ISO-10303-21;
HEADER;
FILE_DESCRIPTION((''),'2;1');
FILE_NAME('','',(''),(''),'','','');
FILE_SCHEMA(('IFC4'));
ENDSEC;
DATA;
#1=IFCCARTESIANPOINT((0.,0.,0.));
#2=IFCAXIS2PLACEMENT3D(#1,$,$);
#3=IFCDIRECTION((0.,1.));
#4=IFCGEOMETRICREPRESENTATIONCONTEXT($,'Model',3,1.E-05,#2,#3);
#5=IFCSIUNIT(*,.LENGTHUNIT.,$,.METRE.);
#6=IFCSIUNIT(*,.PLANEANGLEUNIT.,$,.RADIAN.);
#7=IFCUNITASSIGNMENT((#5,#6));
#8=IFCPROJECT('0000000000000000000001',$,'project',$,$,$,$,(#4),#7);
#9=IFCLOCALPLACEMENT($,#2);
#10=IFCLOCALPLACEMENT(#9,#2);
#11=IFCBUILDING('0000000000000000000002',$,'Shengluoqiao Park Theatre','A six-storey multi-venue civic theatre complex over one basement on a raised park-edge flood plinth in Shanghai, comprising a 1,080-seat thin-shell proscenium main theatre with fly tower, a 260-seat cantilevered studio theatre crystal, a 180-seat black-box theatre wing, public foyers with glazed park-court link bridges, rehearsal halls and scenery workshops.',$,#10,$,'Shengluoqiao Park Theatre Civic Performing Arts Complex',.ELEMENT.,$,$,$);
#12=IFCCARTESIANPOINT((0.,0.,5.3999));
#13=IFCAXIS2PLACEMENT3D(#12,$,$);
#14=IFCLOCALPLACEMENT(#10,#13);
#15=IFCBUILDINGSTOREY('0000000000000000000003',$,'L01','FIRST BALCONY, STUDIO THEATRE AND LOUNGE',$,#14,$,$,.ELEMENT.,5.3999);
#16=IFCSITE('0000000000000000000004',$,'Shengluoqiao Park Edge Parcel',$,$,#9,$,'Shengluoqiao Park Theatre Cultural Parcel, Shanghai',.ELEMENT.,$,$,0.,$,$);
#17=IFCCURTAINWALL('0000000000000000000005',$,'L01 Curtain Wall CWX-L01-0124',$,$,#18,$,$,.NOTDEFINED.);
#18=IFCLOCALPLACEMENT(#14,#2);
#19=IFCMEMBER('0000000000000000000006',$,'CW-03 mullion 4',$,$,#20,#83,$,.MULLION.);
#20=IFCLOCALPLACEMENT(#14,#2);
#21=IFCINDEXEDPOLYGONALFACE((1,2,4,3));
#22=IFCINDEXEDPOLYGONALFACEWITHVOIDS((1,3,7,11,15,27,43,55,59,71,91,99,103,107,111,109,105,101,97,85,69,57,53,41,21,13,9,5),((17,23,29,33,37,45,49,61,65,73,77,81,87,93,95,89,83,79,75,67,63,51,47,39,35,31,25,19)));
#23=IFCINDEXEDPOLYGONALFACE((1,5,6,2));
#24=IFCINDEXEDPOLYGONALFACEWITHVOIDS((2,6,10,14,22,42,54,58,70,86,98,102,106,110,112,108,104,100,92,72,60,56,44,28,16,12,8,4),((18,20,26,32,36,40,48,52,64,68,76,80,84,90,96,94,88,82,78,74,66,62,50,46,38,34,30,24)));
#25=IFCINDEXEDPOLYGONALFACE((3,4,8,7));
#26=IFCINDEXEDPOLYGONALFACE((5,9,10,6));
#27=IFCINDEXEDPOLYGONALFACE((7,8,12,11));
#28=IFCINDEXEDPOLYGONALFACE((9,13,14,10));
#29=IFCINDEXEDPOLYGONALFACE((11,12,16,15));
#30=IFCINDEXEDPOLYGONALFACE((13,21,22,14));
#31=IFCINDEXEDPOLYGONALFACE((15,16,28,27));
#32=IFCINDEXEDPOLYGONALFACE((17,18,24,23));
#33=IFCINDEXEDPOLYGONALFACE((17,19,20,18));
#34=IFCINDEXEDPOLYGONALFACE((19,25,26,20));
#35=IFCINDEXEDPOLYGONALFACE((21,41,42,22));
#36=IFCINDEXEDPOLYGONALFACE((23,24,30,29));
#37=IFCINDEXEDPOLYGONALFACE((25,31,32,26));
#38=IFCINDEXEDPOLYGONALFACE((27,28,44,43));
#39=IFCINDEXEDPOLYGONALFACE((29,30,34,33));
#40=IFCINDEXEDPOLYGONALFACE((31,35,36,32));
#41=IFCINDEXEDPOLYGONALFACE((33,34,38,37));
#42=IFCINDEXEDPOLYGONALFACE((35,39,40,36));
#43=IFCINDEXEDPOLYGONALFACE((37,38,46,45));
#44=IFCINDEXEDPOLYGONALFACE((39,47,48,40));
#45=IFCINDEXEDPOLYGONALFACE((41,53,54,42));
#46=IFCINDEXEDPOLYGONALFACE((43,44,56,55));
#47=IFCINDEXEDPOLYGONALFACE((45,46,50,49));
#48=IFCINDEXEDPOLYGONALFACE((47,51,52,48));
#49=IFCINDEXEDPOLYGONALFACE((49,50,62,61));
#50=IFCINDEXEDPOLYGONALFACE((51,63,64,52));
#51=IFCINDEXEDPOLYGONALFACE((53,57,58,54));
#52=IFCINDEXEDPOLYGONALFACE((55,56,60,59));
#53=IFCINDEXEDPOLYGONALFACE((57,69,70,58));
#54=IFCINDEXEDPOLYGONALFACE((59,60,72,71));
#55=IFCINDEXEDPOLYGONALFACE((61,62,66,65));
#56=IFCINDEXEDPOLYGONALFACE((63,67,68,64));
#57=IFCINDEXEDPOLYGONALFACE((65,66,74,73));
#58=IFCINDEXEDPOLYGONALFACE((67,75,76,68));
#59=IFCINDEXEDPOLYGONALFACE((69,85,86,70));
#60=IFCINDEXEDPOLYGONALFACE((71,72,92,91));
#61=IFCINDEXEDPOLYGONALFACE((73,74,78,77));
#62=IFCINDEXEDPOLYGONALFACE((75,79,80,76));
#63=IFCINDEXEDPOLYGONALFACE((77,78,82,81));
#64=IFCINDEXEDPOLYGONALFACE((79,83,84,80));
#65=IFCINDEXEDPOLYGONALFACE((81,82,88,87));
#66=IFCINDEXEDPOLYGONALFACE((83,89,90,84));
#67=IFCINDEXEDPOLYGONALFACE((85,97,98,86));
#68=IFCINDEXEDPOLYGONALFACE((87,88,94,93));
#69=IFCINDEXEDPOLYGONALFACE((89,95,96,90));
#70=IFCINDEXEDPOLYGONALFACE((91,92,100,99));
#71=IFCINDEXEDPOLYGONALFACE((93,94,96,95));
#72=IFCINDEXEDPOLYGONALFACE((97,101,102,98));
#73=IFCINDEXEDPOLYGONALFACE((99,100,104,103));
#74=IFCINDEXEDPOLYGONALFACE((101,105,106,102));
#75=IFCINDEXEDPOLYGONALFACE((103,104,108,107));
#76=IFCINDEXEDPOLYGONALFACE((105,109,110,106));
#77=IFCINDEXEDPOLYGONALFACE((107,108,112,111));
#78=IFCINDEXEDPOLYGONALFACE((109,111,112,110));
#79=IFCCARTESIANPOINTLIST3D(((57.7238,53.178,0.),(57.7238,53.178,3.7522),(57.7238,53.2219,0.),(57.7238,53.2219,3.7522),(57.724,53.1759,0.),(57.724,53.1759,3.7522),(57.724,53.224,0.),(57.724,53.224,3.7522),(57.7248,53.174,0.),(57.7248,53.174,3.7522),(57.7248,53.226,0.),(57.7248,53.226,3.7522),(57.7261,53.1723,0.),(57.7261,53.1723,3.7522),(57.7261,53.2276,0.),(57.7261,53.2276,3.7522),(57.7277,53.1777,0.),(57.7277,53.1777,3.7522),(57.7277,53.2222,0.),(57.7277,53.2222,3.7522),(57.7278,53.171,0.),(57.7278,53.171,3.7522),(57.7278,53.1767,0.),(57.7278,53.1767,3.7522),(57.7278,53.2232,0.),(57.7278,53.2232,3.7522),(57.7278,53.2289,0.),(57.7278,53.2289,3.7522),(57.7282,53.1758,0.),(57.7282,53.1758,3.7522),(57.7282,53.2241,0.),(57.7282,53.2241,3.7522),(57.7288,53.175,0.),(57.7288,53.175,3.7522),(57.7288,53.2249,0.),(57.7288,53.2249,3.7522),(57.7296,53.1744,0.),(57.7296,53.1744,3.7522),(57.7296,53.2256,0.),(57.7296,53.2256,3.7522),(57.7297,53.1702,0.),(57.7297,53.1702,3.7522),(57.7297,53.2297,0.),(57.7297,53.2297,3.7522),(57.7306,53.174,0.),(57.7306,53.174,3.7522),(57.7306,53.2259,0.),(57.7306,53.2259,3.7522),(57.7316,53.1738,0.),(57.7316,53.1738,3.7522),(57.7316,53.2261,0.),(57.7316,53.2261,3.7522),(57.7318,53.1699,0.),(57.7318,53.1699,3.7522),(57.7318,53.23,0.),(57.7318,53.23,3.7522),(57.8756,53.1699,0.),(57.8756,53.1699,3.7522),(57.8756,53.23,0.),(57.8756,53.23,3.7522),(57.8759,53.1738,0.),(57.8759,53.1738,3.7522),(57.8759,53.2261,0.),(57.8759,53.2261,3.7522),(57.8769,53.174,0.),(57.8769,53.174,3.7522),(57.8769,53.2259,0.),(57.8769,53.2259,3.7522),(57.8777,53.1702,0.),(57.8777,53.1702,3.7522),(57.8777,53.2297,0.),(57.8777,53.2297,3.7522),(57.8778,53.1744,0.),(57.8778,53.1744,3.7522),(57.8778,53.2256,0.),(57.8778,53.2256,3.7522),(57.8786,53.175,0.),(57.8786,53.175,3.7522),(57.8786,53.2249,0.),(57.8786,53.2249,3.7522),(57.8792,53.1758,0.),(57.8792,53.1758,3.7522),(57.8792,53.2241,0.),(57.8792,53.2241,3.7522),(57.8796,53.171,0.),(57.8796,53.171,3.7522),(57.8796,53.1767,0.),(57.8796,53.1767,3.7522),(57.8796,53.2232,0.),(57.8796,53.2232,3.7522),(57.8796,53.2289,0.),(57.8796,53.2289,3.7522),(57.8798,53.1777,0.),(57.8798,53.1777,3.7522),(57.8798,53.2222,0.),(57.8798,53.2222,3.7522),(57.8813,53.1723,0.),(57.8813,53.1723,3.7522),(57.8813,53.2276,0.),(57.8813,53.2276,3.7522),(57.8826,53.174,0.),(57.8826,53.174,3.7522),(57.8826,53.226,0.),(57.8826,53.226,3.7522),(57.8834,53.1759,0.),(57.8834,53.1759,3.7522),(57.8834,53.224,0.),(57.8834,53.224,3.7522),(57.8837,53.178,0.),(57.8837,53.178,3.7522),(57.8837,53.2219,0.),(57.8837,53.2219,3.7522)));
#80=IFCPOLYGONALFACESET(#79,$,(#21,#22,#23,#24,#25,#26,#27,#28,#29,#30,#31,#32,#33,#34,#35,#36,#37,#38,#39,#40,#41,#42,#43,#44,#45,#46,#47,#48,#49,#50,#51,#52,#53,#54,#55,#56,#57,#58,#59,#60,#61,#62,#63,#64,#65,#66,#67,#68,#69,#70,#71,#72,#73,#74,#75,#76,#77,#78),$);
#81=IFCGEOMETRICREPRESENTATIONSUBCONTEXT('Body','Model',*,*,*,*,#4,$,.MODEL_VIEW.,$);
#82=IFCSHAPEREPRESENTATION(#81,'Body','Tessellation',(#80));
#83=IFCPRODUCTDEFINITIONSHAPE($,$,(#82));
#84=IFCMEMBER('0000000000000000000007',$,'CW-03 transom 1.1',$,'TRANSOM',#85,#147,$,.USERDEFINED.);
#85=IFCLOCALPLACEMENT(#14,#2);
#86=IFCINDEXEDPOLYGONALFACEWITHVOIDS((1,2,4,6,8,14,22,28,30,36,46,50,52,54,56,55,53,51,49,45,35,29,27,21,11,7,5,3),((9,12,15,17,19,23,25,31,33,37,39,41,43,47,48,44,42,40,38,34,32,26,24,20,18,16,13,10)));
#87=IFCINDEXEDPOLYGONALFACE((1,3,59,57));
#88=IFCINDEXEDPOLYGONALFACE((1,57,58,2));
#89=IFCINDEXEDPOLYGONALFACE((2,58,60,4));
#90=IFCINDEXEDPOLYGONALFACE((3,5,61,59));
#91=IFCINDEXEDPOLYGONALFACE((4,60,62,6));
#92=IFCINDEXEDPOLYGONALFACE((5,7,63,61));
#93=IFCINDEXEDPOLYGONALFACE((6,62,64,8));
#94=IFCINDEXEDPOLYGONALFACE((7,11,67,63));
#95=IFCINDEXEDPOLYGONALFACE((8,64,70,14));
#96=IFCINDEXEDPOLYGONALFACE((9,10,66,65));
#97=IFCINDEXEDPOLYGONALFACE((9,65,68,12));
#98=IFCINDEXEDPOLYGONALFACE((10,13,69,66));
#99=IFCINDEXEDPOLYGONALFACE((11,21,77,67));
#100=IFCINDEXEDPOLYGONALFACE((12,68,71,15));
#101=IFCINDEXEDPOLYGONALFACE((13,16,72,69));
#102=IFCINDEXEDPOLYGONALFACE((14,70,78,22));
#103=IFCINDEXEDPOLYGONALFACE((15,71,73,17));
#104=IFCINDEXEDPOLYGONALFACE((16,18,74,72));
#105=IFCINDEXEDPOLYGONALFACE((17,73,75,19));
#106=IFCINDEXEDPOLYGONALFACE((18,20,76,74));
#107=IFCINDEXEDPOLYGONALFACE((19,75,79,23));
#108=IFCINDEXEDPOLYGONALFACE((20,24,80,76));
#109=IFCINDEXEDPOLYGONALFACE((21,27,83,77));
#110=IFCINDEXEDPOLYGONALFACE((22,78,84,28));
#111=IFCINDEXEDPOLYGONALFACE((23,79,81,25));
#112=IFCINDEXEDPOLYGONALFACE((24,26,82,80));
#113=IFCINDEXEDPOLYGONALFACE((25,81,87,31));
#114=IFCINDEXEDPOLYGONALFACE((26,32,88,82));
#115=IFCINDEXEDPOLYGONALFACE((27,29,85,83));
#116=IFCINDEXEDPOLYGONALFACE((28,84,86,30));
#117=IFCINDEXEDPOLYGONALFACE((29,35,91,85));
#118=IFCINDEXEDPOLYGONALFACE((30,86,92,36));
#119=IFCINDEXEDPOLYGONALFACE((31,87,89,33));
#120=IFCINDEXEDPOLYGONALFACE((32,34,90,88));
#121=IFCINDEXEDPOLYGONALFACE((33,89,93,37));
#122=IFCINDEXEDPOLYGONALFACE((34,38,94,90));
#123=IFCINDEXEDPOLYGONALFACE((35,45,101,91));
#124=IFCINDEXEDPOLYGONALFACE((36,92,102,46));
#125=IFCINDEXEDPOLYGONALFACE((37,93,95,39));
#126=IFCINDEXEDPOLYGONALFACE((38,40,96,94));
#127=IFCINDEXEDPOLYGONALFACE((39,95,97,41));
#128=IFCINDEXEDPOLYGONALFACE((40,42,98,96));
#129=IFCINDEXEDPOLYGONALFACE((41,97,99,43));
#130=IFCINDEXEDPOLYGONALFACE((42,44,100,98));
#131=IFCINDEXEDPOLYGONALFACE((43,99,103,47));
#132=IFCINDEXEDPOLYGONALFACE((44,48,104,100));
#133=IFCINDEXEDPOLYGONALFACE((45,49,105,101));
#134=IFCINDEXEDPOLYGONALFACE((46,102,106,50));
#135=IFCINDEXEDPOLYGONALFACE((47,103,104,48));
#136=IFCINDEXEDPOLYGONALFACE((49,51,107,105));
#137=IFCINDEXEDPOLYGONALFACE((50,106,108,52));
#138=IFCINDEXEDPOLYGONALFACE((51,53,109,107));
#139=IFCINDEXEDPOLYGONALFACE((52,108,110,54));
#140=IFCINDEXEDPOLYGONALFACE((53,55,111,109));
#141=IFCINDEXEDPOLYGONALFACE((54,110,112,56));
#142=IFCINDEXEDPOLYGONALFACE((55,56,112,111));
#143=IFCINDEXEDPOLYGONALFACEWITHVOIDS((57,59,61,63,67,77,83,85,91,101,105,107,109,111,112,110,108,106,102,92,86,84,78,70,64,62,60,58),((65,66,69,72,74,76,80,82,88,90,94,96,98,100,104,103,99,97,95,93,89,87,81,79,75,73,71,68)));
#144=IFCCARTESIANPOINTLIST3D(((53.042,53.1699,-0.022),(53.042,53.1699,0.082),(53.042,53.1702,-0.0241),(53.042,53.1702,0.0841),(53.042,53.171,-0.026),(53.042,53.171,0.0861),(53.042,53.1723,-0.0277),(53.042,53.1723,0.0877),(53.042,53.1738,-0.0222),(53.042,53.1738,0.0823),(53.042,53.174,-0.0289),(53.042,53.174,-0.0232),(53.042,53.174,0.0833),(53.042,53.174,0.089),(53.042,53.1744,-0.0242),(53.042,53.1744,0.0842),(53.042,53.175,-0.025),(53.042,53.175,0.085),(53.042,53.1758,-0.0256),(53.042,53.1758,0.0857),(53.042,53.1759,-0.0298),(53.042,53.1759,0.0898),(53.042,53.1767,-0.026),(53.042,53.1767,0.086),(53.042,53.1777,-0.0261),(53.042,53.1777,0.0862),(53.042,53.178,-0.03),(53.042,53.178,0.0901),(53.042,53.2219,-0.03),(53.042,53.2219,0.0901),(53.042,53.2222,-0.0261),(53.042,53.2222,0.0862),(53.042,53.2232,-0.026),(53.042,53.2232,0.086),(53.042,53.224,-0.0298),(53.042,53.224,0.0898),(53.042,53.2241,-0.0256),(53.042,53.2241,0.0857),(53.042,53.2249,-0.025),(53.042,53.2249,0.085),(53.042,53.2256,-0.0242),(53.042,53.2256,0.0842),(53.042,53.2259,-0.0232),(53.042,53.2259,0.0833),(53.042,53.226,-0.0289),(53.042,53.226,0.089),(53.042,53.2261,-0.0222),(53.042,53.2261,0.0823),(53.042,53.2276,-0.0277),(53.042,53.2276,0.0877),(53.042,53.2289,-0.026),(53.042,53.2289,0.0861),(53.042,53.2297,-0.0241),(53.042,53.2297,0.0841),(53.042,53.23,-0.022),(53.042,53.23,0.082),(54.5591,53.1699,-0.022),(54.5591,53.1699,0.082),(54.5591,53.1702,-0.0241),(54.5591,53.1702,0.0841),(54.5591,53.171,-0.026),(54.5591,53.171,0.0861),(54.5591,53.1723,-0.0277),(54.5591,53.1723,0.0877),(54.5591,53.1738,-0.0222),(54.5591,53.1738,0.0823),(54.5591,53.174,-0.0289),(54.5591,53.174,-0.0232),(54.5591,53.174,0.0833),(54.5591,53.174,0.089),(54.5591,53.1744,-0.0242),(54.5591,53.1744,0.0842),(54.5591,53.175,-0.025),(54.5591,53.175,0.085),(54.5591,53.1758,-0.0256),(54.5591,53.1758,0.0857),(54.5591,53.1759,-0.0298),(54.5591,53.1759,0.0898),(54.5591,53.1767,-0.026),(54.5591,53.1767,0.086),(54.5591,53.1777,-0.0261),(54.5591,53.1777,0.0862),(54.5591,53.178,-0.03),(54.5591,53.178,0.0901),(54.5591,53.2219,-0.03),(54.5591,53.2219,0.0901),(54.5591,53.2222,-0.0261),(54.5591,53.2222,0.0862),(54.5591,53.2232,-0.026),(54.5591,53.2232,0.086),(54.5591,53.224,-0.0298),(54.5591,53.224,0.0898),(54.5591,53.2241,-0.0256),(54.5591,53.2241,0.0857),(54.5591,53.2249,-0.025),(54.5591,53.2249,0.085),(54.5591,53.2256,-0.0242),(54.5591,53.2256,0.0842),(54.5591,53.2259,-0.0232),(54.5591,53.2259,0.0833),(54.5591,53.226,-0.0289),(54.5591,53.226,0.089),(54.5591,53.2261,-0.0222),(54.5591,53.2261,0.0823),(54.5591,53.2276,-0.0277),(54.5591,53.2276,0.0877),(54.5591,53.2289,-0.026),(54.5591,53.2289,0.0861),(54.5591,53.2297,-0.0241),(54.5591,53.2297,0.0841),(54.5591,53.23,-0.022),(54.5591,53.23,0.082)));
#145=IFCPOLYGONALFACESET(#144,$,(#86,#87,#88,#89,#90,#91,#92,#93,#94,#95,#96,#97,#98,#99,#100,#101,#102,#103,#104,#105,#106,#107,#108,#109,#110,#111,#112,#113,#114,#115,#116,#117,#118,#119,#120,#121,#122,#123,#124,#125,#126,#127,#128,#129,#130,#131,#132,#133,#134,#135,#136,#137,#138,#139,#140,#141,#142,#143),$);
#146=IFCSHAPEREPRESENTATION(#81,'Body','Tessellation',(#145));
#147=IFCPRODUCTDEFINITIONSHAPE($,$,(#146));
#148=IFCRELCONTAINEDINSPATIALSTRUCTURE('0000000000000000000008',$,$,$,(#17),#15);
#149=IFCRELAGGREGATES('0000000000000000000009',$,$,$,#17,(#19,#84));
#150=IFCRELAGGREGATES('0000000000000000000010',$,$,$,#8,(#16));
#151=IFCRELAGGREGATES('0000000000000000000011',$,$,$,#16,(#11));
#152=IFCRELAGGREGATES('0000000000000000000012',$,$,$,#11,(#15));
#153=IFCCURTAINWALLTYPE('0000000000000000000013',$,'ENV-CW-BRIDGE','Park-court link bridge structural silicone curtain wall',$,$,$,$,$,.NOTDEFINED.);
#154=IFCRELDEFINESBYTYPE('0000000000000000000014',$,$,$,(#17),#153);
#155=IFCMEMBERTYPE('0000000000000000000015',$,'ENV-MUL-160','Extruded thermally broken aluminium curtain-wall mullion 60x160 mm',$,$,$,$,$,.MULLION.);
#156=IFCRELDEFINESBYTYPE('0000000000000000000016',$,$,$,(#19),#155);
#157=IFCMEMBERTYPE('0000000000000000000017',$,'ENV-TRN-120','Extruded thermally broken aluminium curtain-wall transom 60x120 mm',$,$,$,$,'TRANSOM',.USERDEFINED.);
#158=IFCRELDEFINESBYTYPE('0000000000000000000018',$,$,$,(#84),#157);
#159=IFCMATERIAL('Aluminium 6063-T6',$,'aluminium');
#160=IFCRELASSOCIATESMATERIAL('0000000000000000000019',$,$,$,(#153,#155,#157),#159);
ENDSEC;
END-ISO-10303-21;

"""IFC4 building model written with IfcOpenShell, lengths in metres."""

from ifc_helpers import new_model, si_unit, direction, frame, origin, origin_2d, place, context, subcontext, project, spatial, hollow_rectangle, extrude, material, material_profile, profile_set, type_object, element, aggregate, save


model = new_model("IFC4")

# Units and contexts
model_context = context("Model", 3, precision=1e-05, world=origin(), true_north=direction((0.0, 1.0)))
body_context = subcontext(model_context, "Body", "Model", "MODEL_VIEW")
ifc_project = project(units=[si_unit("LENGTHUNIT", "METRE"), si_unit("PLANEANGLEUNIT", "RADIAN")], contexts=[model_context])

# Site, building, storey
site_placement = place(None, origin())
site = spatial("IfcSite", under=ifc_project, at=site_placement, Name="Shengluoqiao Park Edge Parcel", LongName="Shengluoqiao Park Theatre Cultural Parcel, Shanghai", CompositionType="ELEMENT", RefElevation=0.0)
building_placement = place(site_placement, origin())
building = spatial("IfcBuilding", under=site, at=building_placement, Name="Shengluoqiao Park Theatre", Description="A six-storey multi-venue civic theatre complex over one basement on a raised park-edge flood plinth in Shanghai, comprising a 1,080-seat thin-shell proscenium main theatre with fly tower, a 260-seat cantilevered studio theatre crystal, a 180-seat black-box theatre wing, public foyers with glazed park-court link bridges, rehearsal halls and scenery workshops.", LongName="Shengluoqiao Park Theatre Civic Performing Arts Complex", CompositionType="ELEMENT")
storey_placement = place(building_placement, frame((0.0, 0.0, 5.3999)))
storey = spatial("IfcBuildingStorey", under=building, at=storey_placement, Name="L01", Description="FIRST BALCONY, STUDIO THEATRE AND LOUNGE", CompositionType="ELEMENT", Elevation=5.3999)

# Shared definitions
ifc_material_1 = material(Name="Aluminium 6063-T6", Category="aluminium")
curtain_wall_type = type_object("IfcCurtainWallType", Name="ENV-CW-BRIDGE", Description="Park-court link bridge structural silicone curtain wall", PredefinedType="NOTDEFINED", material=ifc_material_1)
ifc_material_profile_1 = material_profile(ifc_material_1, hollow_rectangle(XDim=0.0601, YDim=0.1599, WallThickness=0.0039, InnerFilletRadius=0.0039, OuterFilletRadius=0.0081, at=origin_2d()), Name="ALU MULLION 160x60x4")
ifc_profile_set_1 = profile_set([ifc_material_profile_1], Name="Aluminium 6063-T6")
member_type_1 = type_object("IfcMemberType", Name="ENV-MUL-160", Description="Extruded thermally broken aluminium curtain-wall mullion 60x160 mm", PredefinedType="MULLION", material=ifc_profile_set_1)

# Curtain wall, members
curtain_wall_1_placement = place(storey_placement, origin())
curtain_wall_1 = element("IfcCurtainWall", 1, at=curtain_wall_1_placement, inside=storey, type_object=curtain_wall_type, Name="L01 Curtain Wall CWX-L01-0124", PredefinedType="NOTDEFINED")
member_1_placement = place(storey_placement, frame((57.8037, 53.2, 0.0), z_axis=(0.0, 0.0, 1.0), x_axis=(0.0, 1.0, 0.0)))
member_1 = element("IfcMember", 2, at=member_1_placement, type_object=member_type_1, Name="CW-03 mullion 4", PredefinedType="MULLION", context=body_context, shape_type="SweptSolid", body=[
    extrude(hollow_rectangle(XDim=0.0601, YDim=0.1599, WallThickness=0.0039, InnerFilletRadius=0.0039, OuterFilletRadius=0.0081, at=origin_2d()), origin(), (0.0, 0.0, 1.0), 3.7522),
])
ifc_material_profile_2 = material_profile(ifc_material_1, hollow_rectangle(XDim=0.0601, YDim=0.1201, WallThickness=0.0039, InnerFilletRadius=0.0039, OuterFilletRadius=0.0081, at=origin_2d()), Name="ALU TRANSOM 120x60x4")
ifc_profile_set_2 = profile_set([ifc_material_profile_2], Name="Aluminium 6063-T6")
member_type_2 = type_object("IfcMemberType", Name="ENV-TRN-120", Description="Extruded thermally broken aluminium curtain-wall transom 60x120 mm", ElementType="TRANSOM", PredefinedType="USERDEFINED", material=ifc_profile_set_2)
member_2_placement = place(storey_placement, frame((53.042, 53.2, 0.03), z_axis=(1.0, 0.0, 0.0), x_axis=(0.0, 1.0, 0.0)))
member_2 = element("IfcMember", 3, at=member_2_placement, type_object=member_type_2, Name="CW-03 transom 1.1", ObjectType="TRANSOM", PredefinedType="USERDEFINED", context=body_context, shape_type="SweptSolid", body=[
    extrude(hollow_rectangle(XDim=0.0601, YDim=0.1201, WallThickness=0.0039, InnerFilletRadius=0.0039, OuterFilletRadius=0.0081, at=origin_2d()), origin(), (0.0, 0.0, 1.0), 1.5171),
])

aggregate(curtain_wall_1, [member_1, member_2])

save(model, "model.ifc")
